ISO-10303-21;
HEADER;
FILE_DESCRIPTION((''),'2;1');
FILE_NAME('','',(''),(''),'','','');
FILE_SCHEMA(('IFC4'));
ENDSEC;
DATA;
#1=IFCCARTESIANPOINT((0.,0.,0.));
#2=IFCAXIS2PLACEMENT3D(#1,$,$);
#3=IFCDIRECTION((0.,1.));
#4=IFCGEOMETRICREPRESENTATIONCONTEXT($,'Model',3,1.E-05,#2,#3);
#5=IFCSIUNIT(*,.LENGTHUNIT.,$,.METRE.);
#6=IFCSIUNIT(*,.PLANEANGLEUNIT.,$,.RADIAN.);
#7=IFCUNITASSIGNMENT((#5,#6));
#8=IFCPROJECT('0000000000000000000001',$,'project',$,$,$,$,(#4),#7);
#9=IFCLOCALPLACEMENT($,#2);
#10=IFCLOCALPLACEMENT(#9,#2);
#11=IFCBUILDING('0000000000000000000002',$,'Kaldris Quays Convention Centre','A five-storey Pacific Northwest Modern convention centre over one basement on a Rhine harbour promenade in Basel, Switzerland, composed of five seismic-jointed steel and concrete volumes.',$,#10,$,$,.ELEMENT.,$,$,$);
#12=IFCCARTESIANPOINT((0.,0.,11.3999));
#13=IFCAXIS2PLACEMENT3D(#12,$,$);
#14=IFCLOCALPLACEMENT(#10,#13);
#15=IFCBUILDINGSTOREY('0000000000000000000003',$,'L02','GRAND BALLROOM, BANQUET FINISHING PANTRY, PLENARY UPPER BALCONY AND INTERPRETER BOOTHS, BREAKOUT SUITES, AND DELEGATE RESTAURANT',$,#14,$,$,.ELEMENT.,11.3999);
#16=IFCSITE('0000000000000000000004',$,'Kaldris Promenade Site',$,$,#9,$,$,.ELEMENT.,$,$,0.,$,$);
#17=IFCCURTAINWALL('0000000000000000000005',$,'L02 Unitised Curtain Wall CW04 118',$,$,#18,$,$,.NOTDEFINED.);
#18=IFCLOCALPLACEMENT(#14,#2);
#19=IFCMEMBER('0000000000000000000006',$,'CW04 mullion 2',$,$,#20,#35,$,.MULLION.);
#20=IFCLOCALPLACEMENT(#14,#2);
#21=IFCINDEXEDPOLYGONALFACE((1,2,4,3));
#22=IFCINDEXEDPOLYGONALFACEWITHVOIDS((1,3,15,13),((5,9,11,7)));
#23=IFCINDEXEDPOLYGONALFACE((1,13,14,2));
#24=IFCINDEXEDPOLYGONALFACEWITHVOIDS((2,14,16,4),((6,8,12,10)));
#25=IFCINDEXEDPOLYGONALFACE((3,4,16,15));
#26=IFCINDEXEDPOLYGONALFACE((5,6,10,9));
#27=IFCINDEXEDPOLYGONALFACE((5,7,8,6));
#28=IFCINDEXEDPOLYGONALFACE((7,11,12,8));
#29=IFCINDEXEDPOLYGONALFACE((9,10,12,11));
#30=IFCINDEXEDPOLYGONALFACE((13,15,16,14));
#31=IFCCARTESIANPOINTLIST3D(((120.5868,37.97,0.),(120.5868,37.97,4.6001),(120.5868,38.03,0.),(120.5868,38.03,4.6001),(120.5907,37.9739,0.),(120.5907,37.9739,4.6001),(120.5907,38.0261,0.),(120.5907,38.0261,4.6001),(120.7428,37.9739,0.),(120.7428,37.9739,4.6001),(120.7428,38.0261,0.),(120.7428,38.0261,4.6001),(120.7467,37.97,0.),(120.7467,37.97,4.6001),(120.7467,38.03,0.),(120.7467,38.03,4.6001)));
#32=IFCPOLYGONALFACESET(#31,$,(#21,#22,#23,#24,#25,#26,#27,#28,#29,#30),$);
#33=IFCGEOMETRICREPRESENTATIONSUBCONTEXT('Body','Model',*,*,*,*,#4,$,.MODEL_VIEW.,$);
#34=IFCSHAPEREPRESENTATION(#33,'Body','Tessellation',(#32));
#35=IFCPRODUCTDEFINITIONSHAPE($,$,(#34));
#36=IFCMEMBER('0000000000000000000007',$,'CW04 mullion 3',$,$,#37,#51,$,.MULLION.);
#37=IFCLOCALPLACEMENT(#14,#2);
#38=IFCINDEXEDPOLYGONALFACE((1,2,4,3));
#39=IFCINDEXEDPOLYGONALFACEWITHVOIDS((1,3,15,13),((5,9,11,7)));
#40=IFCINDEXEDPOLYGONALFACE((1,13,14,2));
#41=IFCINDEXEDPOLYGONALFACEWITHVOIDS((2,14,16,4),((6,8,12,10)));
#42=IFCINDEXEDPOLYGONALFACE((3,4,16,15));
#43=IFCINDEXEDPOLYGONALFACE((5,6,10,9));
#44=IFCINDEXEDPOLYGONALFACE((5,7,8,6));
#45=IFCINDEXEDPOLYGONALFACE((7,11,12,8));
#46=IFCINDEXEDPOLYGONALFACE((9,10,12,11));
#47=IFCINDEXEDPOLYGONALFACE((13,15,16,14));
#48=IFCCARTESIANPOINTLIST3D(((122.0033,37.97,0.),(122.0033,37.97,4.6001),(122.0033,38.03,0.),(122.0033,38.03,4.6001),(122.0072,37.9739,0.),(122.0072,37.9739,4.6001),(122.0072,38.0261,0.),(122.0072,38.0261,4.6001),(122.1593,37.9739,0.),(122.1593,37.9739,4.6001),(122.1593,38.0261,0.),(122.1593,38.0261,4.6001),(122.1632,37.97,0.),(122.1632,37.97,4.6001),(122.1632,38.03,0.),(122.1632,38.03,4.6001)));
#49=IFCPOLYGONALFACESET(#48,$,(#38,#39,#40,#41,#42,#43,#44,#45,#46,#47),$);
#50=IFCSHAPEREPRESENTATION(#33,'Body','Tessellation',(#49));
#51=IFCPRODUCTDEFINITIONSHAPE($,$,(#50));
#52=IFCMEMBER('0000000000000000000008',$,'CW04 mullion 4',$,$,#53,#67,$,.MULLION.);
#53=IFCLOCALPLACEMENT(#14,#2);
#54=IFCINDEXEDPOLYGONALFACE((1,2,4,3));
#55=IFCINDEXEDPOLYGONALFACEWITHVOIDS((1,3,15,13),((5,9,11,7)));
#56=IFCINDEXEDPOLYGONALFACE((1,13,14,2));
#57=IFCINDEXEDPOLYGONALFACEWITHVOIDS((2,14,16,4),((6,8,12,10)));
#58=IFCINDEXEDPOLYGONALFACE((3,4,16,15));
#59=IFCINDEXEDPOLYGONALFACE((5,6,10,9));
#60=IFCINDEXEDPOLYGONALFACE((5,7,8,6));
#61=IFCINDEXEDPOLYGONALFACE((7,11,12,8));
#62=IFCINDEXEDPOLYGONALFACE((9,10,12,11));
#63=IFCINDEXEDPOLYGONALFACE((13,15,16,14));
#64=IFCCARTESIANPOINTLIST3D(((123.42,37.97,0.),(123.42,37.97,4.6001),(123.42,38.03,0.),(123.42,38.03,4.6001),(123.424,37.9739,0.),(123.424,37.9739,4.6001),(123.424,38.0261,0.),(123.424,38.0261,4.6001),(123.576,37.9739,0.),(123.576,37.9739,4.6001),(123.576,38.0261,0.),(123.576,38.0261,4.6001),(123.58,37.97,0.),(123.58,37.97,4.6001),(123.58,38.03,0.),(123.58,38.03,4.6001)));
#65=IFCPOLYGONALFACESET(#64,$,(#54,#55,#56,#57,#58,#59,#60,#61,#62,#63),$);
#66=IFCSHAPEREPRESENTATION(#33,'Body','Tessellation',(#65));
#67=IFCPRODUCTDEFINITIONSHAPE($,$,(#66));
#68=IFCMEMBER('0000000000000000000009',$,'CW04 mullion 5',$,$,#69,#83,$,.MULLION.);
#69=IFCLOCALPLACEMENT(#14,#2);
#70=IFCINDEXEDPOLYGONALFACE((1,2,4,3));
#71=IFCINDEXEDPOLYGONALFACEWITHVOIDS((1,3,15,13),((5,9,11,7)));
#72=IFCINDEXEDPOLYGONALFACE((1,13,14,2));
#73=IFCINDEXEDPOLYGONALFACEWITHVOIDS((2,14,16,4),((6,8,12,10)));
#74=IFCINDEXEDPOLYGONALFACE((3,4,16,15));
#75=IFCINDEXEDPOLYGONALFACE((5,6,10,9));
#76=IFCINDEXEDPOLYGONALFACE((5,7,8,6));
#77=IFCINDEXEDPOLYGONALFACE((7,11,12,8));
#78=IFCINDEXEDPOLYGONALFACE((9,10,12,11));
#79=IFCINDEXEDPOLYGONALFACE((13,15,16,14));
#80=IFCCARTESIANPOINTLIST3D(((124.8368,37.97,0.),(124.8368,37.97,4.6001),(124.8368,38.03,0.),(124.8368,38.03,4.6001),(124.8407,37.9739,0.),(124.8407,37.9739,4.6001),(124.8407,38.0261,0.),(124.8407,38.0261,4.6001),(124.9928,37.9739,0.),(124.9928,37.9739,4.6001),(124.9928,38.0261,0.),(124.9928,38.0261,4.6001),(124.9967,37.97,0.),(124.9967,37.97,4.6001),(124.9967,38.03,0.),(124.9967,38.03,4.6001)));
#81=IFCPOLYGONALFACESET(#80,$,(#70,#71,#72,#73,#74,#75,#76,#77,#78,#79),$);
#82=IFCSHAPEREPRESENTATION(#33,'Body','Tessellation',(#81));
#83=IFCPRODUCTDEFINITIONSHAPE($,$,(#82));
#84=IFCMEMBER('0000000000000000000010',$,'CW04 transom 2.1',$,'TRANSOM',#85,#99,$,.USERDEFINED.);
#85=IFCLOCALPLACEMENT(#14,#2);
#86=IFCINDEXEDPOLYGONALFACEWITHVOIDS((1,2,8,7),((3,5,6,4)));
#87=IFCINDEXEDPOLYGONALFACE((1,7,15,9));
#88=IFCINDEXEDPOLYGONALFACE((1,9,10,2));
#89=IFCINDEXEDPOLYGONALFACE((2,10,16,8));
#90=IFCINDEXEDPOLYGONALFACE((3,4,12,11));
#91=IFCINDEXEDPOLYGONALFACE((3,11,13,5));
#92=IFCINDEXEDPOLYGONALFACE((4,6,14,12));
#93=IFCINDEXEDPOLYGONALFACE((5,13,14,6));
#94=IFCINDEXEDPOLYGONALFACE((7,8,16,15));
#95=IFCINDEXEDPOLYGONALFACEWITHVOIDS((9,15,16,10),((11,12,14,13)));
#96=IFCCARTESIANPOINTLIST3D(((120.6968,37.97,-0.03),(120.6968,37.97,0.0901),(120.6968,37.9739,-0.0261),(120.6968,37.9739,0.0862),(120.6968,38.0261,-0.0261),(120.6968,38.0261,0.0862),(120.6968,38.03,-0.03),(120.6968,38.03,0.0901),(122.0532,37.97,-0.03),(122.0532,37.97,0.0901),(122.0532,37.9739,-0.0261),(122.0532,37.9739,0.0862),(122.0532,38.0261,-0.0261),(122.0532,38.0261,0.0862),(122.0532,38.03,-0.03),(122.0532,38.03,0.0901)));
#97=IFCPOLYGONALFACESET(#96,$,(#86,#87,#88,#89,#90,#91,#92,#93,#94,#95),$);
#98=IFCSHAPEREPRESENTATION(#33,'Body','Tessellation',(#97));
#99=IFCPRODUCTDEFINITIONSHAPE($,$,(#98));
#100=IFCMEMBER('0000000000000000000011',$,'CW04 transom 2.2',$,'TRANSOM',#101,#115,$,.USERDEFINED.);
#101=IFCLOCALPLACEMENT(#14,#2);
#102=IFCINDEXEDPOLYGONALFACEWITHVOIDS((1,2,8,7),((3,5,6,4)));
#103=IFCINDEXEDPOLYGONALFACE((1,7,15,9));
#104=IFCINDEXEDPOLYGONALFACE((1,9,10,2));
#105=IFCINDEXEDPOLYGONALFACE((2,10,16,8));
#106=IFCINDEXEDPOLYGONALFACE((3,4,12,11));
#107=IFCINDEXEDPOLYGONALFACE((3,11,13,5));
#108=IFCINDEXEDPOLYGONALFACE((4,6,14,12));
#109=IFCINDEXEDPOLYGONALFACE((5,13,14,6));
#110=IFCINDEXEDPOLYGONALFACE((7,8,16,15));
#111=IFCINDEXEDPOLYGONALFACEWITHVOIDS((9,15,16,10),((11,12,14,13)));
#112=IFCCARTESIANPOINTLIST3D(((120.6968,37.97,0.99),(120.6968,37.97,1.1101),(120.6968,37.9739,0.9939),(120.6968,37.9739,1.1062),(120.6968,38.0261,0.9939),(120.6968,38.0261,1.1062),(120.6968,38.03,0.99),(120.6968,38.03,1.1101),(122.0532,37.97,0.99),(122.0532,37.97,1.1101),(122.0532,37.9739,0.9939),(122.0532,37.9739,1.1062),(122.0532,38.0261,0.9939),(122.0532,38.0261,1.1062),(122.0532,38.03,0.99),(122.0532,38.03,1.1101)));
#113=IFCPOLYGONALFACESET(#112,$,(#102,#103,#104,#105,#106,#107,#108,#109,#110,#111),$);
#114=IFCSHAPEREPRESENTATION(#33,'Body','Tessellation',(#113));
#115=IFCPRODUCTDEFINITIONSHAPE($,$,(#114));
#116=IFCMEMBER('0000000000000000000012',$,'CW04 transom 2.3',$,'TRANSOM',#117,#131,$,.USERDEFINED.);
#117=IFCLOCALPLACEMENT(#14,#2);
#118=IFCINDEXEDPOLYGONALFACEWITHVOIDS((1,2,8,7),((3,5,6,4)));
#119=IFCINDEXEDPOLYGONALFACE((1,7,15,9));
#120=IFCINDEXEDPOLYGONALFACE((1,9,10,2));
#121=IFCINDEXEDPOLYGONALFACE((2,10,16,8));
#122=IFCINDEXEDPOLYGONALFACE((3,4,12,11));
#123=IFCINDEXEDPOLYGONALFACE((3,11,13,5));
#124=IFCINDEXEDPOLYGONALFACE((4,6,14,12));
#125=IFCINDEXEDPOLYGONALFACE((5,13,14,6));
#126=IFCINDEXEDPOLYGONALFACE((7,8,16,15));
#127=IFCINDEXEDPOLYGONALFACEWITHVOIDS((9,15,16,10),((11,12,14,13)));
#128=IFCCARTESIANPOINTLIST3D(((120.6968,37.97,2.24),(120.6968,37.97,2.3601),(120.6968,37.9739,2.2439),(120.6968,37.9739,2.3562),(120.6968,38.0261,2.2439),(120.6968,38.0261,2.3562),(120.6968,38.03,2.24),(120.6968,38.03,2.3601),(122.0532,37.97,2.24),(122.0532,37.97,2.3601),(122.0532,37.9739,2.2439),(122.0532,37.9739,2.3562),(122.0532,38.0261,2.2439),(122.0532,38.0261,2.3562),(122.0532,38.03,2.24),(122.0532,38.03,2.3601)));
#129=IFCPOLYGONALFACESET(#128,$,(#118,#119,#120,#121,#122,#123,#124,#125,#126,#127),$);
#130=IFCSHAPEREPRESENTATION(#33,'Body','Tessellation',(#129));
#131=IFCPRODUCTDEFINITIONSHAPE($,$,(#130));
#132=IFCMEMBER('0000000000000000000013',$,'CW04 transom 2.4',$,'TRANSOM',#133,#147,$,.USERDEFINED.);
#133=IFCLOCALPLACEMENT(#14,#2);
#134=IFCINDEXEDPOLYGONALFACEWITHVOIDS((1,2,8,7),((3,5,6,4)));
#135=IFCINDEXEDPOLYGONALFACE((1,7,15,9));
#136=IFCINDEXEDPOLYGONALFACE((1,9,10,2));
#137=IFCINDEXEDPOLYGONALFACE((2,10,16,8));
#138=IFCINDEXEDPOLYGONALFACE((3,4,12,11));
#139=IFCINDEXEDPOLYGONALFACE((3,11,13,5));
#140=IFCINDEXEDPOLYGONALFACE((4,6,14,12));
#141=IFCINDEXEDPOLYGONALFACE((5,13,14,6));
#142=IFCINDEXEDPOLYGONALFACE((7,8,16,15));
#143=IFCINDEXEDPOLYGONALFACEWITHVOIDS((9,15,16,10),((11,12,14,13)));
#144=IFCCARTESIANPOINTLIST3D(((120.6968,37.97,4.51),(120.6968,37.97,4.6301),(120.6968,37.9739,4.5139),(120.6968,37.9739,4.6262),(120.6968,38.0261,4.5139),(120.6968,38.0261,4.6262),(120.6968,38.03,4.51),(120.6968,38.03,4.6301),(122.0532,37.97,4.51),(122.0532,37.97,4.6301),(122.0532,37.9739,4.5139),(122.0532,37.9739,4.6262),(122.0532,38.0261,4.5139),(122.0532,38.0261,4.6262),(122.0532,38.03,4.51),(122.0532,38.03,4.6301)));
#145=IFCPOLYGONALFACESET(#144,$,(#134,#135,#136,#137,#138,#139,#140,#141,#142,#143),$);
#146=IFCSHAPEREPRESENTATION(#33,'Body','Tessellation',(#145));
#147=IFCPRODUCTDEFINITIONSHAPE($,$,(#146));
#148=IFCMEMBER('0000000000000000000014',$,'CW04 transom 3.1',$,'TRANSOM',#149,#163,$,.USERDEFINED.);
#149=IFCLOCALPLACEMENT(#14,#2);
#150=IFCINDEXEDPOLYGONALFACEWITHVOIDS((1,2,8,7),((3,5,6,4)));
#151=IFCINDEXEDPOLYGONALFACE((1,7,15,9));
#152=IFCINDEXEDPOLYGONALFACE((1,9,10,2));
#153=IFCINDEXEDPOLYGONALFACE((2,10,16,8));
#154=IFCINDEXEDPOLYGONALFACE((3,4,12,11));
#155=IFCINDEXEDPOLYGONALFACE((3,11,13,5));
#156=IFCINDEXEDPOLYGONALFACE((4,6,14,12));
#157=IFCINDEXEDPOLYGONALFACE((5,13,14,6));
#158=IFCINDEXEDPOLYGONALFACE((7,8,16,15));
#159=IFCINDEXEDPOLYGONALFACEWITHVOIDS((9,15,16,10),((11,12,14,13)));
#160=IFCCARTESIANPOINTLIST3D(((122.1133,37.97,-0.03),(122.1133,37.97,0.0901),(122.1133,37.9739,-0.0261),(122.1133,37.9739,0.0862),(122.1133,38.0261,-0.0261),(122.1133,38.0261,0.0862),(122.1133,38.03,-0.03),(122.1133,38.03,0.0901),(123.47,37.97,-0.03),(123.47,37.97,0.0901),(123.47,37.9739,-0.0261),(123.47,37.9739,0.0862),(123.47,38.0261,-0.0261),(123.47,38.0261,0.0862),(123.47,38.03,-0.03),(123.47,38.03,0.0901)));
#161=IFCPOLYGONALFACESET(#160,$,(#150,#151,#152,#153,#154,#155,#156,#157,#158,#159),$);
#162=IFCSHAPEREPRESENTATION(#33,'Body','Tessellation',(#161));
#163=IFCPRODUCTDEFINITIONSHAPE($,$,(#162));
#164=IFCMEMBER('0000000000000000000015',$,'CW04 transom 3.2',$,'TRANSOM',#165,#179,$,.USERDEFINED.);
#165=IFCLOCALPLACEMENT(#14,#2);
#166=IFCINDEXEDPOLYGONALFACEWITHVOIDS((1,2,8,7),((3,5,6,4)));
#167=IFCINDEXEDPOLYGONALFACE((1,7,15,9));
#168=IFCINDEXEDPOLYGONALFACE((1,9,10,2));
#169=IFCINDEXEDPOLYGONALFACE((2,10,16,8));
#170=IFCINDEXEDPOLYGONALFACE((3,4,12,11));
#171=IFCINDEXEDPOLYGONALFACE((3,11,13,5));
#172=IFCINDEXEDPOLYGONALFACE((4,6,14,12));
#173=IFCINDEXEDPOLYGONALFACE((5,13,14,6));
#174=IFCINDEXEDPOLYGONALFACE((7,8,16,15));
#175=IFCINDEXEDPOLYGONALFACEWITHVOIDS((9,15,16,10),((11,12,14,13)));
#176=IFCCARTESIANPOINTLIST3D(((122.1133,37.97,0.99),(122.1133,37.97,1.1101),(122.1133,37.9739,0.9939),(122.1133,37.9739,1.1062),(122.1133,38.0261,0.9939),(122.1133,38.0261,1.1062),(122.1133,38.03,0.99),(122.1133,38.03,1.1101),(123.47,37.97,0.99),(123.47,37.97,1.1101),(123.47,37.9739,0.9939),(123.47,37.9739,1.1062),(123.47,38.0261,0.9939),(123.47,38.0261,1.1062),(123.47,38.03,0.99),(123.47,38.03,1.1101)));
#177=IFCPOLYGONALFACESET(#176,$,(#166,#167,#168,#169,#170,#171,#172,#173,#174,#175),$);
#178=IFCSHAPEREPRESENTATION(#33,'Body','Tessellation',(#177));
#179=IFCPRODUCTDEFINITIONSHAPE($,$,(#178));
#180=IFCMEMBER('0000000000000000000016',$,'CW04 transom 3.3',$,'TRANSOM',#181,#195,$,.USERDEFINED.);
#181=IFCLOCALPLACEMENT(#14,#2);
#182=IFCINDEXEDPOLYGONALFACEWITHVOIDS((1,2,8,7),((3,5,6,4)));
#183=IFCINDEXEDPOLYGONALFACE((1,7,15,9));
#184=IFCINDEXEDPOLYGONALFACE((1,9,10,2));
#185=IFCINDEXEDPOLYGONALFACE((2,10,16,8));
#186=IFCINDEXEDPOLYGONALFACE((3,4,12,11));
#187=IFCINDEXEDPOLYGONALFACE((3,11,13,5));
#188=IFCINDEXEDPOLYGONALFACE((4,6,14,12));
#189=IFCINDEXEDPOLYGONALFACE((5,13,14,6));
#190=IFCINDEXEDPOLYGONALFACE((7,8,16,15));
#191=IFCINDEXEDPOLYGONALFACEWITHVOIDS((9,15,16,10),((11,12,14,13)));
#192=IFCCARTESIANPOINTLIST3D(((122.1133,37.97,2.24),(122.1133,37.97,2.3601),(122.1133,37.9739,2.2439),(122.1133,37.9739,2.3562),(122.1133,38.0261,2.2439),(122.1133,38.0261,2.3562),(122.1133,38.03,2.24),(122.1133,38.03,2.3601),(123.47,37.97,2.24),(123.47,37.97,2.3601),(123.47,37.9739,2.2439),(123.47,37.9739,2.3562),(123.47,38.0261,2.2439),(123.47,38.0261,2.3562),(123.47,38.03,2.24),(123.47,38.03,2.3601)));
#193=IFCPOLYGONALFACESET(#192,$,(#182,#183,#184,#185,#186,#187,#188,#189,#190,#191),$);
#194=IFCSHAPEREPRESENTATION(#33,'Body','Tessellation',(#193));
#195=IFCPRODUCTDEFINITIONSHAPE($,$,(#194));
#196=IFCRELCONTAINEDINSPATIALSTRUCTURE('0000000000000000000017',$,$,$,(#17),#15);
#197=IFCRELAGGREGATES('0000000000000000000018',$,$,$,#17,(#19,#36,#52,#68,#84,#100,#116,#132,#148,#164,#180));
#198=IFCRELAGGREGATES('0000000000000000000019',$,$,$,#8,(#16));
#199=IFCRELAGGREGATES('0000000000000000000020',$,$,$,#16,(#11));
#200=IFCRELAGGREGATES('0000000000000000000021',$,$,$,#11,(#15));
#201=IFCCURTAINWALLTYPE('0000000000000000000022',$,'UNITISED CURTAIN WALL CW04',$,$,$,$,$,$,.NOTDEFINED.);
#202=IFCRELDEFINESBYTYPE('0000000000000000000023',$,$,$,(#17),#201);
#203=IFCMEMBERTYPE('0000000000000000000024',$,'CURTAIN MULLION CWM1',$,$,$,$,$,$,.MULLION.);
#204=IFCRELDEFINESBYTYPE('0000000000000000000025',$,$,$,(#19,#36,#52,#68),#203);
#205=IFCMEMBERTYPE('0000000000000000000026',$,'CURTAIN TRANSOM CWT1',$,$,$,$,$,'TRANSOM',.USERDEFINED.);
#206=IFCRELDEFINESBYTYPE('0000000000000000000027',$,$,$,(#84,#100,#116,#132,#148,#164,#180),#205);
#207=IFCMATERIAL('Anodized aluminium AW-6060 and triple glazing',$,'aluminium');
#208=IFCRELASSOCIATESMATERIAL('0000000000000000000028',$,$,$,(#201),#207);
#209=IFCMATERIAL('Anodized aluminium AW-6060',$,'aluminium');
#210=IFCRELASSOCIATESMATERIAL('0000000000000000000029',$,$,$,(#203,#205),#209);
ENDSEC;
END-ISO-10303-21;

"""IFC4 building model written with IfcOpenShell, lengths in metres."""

from ifc_helpers import new_model, si_unit, direction, frame, origin, origin_2d, place, context, subcontext, project, spatial, hollow_rectangle, extrude, material, material_profile, profile_set, type_object, element, aggregate, save


model = new_model("IFC4")

# Units and contexts
model_context = context("Model", 3, precision=1e-05, world=origin(), true_north=direction((0.0, 1.0)))
body_context = subcontext(model_context, "Body", "Model", "MODEL_VIEW")
ifc_project = project(units=[si_unit("LENGTHUNIT", "METRE"), si_unit("PLANEANGLEUNIT", "RADIAN")], contexts=[model_context])

# Site, building, storey
site_placement = place(None, origin())
site = spatial("IfcSite", under=ifc_project, at=site_placement, Name="Kaldris Promenade Site", CompositionType="ELEMENT", RefElevation=0.0)
building_placement = place(site_placement, origin())
building = spatial("IfcBuilding", under=site, at=building_placement, Name="Kaldris Quays Convention Centre", Description="A five-storey Pacific Northwest Modern convention centre over one basement on a Rhine harbour promenade in Basel, Switzerland, composed of five seismic-jointed steel and concrete volumes.", CompositionType="ELEMENT")
storey_placement = place(building_placement, frame((0.0, 0.0, 11.3999)))
storey = spatial("IfcBuildingStorey", under=building, at=storey_placement, Name="L02", Description="GRAND BALLROOM, BANQUET FINISHING PANTRY, PLENARY UPPER BALCONY AND INTERPRETER BOOTHS, BREAKOUT SUITES, AND DELEGATE RESTAURANT", CompositionType="ELEMENT", Elevation=11.3999)

# Curtain wall, members
ifc_material_1 = material(Name="Anodized aluminium AW-6060 and triple glazing", Category="aluminium")
curtain_wall_type = type_object("IfcCurtainWallType", Name="UNITISED CURTAIN WALL CW04", PredefinedType="NOTDEFINED", material=ifc_material_1)
curtain_wall_placement = place(storey_placement, origin())
curtain_wall = element("IfcCurtainWall", 1, at=curtain_wall_placement, inside=storey, type_object=curtain_wall_type, Name="L02 Unitised Curtain Wall CW04 118", PredefinedType="NOTDEFINED")
ifc_material_2 = material(Name="Anodized aluminium AW-6060", Category="aluminium")
ifc_material_profile_1 = material_profile(ifc_material_2, hollow_rectangle(XDim=0.0601, YDim=0.1599, WallThickness=0.0039, at=origin_2d()), Name="RHS 160x60x4")
ifc_profile_set_1 = profile_set([ifc_material_profile_1], Name="Anodized aluminium AW-6060")
member_type_1 = type_object("IfcMemberType", Name="CURTAIN MULLION CWM1", PredefinedType="MULLION", material=ifc_profile_set_1)
member_1_placement = place(storey_placement, frame((120.6667, 38.0, 0.0), z_axis=(0.0, 0.0, 1.0), x_axis=(0.0, 1.0, 0.0)))
member_1 = element("IfcMember", 2, at=member_1_placement, type_object=member_type_1, Name="CW04 mullion 2", PredefinedType="MULLION", context=body_context, shape_type="SweptSolid", body=[
    extrude(hollow_rectangle(XDim=0.0601, YDim=0.1599, WallThickness=0.0039, at=origin_2d()), origin(), (0.0, 0.0, 1.0), 4.6001),
])
member_2_placement = place(storey_placement, frame((122.0833, 38.0, 0.0), z_axis=(0.0, 0.0, 1.0), x_axis=(0.0, 1.0, 0.0)))
member_2 = element("IfcMember", 3, at=member_2_placement, type_object=member_type_1, Name="CW04 mullion 3", PredefinedType="MULLION", context=body_context, shape_type="SweptSolid", body=[
    extrude(hollow_rectangle(XDim=0.0601, YDim=0.1599, WallThickness=0.0039, at=origin_2d()), origin(), (0.0, 0.0, 1.0), 4.6001),
])
member_3_placement = place(storey_placement, frame((123.5, 38.0, 0.0), z_axis=(0.0, 0.0, 1.0), x_axis=(0.0, 1.0, 0.0)))
member_3 = element("IfcMember", 4, at=member_3_placement, type_object=member_type_1, Name="CW04 mullion 4", PredefinedType="MULLION", context=body_context, shape_type="SweptSolid", body=[
    extrude(hollow_rectangle(XDim=0.0601, YDim=0.1599, WallThickness=0.0039, at=origin_2d()), origin(), (0.0, 0.0, 1.0), 4.6001),
])
member_4_placement = place(storey_placement, frame((124.9167, 38.0, 0.0), z_axis=(0.0, 0.0, 1.0), x_axis=(0.0, 1.0, 0.0)))
member_4 = element("IfcMember", 5, at=member_4_placement, type_object=member_type_1, Name="CW04 mullion 5", PredefinedType="MULLION", context=body_context, shape_type="SweptSolid", body=[
    extrude(hollow_rectangle(XDim=0.0601, YDim=0.1599, WallThickness=0.0039, at=origin_2d()), origin(), (0.0, 0.0, 1.0), 4.6001),
])
ifc_material_profile_2 = material_profile(ifc_material_2, hollow_rectangle(XDim=0.0601, YDim=0.1201, WallThickness=0.0039, at=origin_2d()), Name="RHS 120x60x4")
ifc_profile_set_2 = profile_set([ifc_material_profile_2], Name="Anodized aluminium AW-6060")
member_type_2 = type_object("IfcMemberType", Name="CURTAIN TRANSOM CWT1", ElementType="TRANSOM", PredefinedType="USERDEFINED", material=ifc_profile_set_2)
member_5_placement = place(storey_placement, frame((120.6968, 38.0, 0.03), z_axis=(1.0, 0.0, 0.0), x_axis=(0.0, 1.0, 0.0)))
member_5 = element("IfcMember", 6, at=member_5_placement, type_object=member_type_2, Name="CW04 transom 2.1", ObjectType="TRANSOM", PredefinedType="USERDEFINED", context=body_context, shape_type="SweptSolid", body=[
    extrude(hollow_rectangle(XDim=0.0601, YDim=0.1201, WallThickness=0.0039, at=origin_2d()), origin(), (0.0, 0.0, 1.0), 1.3564),
])
member_6_placement = place(storey_placement, frame((120.6968, 38.0, 1.05), z_axis=(1.0, 0.0, 0.0), x_axis=(0.0, 1.0, 0.0)))
member_6 = element("IfcMember", 7, at=member_6_placement, type_object=member_type_2, Name="CW04 transom 2.2", ObjectType="TRANSOM", PredefinedType="USERDEFINED", context=body_context, shape_type="SweptSolid", body=[
    extrude(hollow_rectangle(XDim=0.0601, YDim=0.1201, WallThickness=0.0039, at=origin_2d()), origin(), (0.0, 0.0, 1.0), 1.3564),
])
member_7_placement = place(storey_placement, frame((120.6968, 38.0, 2.3), z_axis=(1.0, 0.0, 0.0), x_axis=(0.0, 1.0, 0.0)))
member_7 = element("IfcMember", 8, at=member_7_placement, type_object=member_type_2, Name="CW04 transom 2.3", ObjectType="TRANSOM", PredefinedType="USERDEFINED", context=body_context, shape_type="SweptSolid", body=[
    extrude(hollow_rectangle(XDim=0.0601, YDim=0.1201, WallThickness=0.0039, at=origin_2d()), origin(), (0.0, 0.0, 1.0), 1.3564),
])
member_8_placement = place(storey_placement, frame((120.6968, 38.0, 4.5701), z_axis=(1.0, 0.0, 0.0), x_axis=(0.0, 1.0, 0.0)))
member_8 = element("IfcMember", 9, at=member_8_placement, type_object=member_type_2, Name="CW04 transom 2.4", ObjectType="TRANSOM", PredefinedType="USERDEFINED", context=body_context, shape_type="SweptSolid", body=[
    extrude(hollow_rectangle(XDim=0.0601, YDim=0.1201, WallThickness=0.0039, at=origin_2d()), origin(), (0.0, 0.0, 1.0), 1.3564),
])
member_9_placement = place(storey_placement, frame((122.1133, 38.0, 0.03), z_axis=(1.0, 0.0, 0.0), x_axis=(0.0, 1.0, 0.0)))
member_9 = element("IfcMember", 10, at=member_9_placement, type_object=member_type_2, Name="CW04 transom 3.1", ObjectType="TRANSOM", PredefinedType="USERDEFINED", context=body_context, shape_type="SweptSolid", body=[
    extrude(hollow_rectangle(XDim=0.0601, YDim=0.1201, WallThickness=0.0039, at=origin_2d()), origin(), (0.0, 0.0, 1.0), 1.3567),
])
member_10_placement = place(storey_placement, frame((122.1133, 38.0, 1.05), z_axis=(1.0, 0.0, 0.0), x_axis=(0.0, 1.0, 0.0)))
member_10 = element("IfcMember", 11, at=member_10_placement, type_object=member_type_2, Name="CW04 transom 3.2", ObjectType="TRANSOM", PredefinedType="USERDEFINED", context=body_context, shape_type="SweptSolid", body=[
    extrude(hollow_rectangle(XDim=0.0601, YDim=0.1201, WallThickness=0.0039, at=origin_2d()), origin(), (0.0, 0.0, 1.0), 1.3567),
])
member_11_placement = place(storey_placement, frame((122.1133, 38.0, 2.3), z_axis=(1.0, 0.0, 0.0), x_axis=(0.0, 1.0, 0.0)))
member_11 = element("IfcMember", 12, at=member_11_placement, type_object=member_type_2, Name="CW04 transom 3.3", ObjectType="TRANSOM", PredefinedType="USERDEFINED", context=body_context, shape_type="SweptSolid", body=[
    extrude(hollow_rectangle(XDim=0.0601, YDim=0.1201, WallThickness=0.0039, at=origin_2d()), origin(), (0.0, 0.0, 1.0), 1.3567),
])
aggregate(curtain_wall, [member_1, member_2, member_3, member_4, member_5, member_6, member_7, member_8, member_9, member_10, member_11])

save(model, "model.ifc")
